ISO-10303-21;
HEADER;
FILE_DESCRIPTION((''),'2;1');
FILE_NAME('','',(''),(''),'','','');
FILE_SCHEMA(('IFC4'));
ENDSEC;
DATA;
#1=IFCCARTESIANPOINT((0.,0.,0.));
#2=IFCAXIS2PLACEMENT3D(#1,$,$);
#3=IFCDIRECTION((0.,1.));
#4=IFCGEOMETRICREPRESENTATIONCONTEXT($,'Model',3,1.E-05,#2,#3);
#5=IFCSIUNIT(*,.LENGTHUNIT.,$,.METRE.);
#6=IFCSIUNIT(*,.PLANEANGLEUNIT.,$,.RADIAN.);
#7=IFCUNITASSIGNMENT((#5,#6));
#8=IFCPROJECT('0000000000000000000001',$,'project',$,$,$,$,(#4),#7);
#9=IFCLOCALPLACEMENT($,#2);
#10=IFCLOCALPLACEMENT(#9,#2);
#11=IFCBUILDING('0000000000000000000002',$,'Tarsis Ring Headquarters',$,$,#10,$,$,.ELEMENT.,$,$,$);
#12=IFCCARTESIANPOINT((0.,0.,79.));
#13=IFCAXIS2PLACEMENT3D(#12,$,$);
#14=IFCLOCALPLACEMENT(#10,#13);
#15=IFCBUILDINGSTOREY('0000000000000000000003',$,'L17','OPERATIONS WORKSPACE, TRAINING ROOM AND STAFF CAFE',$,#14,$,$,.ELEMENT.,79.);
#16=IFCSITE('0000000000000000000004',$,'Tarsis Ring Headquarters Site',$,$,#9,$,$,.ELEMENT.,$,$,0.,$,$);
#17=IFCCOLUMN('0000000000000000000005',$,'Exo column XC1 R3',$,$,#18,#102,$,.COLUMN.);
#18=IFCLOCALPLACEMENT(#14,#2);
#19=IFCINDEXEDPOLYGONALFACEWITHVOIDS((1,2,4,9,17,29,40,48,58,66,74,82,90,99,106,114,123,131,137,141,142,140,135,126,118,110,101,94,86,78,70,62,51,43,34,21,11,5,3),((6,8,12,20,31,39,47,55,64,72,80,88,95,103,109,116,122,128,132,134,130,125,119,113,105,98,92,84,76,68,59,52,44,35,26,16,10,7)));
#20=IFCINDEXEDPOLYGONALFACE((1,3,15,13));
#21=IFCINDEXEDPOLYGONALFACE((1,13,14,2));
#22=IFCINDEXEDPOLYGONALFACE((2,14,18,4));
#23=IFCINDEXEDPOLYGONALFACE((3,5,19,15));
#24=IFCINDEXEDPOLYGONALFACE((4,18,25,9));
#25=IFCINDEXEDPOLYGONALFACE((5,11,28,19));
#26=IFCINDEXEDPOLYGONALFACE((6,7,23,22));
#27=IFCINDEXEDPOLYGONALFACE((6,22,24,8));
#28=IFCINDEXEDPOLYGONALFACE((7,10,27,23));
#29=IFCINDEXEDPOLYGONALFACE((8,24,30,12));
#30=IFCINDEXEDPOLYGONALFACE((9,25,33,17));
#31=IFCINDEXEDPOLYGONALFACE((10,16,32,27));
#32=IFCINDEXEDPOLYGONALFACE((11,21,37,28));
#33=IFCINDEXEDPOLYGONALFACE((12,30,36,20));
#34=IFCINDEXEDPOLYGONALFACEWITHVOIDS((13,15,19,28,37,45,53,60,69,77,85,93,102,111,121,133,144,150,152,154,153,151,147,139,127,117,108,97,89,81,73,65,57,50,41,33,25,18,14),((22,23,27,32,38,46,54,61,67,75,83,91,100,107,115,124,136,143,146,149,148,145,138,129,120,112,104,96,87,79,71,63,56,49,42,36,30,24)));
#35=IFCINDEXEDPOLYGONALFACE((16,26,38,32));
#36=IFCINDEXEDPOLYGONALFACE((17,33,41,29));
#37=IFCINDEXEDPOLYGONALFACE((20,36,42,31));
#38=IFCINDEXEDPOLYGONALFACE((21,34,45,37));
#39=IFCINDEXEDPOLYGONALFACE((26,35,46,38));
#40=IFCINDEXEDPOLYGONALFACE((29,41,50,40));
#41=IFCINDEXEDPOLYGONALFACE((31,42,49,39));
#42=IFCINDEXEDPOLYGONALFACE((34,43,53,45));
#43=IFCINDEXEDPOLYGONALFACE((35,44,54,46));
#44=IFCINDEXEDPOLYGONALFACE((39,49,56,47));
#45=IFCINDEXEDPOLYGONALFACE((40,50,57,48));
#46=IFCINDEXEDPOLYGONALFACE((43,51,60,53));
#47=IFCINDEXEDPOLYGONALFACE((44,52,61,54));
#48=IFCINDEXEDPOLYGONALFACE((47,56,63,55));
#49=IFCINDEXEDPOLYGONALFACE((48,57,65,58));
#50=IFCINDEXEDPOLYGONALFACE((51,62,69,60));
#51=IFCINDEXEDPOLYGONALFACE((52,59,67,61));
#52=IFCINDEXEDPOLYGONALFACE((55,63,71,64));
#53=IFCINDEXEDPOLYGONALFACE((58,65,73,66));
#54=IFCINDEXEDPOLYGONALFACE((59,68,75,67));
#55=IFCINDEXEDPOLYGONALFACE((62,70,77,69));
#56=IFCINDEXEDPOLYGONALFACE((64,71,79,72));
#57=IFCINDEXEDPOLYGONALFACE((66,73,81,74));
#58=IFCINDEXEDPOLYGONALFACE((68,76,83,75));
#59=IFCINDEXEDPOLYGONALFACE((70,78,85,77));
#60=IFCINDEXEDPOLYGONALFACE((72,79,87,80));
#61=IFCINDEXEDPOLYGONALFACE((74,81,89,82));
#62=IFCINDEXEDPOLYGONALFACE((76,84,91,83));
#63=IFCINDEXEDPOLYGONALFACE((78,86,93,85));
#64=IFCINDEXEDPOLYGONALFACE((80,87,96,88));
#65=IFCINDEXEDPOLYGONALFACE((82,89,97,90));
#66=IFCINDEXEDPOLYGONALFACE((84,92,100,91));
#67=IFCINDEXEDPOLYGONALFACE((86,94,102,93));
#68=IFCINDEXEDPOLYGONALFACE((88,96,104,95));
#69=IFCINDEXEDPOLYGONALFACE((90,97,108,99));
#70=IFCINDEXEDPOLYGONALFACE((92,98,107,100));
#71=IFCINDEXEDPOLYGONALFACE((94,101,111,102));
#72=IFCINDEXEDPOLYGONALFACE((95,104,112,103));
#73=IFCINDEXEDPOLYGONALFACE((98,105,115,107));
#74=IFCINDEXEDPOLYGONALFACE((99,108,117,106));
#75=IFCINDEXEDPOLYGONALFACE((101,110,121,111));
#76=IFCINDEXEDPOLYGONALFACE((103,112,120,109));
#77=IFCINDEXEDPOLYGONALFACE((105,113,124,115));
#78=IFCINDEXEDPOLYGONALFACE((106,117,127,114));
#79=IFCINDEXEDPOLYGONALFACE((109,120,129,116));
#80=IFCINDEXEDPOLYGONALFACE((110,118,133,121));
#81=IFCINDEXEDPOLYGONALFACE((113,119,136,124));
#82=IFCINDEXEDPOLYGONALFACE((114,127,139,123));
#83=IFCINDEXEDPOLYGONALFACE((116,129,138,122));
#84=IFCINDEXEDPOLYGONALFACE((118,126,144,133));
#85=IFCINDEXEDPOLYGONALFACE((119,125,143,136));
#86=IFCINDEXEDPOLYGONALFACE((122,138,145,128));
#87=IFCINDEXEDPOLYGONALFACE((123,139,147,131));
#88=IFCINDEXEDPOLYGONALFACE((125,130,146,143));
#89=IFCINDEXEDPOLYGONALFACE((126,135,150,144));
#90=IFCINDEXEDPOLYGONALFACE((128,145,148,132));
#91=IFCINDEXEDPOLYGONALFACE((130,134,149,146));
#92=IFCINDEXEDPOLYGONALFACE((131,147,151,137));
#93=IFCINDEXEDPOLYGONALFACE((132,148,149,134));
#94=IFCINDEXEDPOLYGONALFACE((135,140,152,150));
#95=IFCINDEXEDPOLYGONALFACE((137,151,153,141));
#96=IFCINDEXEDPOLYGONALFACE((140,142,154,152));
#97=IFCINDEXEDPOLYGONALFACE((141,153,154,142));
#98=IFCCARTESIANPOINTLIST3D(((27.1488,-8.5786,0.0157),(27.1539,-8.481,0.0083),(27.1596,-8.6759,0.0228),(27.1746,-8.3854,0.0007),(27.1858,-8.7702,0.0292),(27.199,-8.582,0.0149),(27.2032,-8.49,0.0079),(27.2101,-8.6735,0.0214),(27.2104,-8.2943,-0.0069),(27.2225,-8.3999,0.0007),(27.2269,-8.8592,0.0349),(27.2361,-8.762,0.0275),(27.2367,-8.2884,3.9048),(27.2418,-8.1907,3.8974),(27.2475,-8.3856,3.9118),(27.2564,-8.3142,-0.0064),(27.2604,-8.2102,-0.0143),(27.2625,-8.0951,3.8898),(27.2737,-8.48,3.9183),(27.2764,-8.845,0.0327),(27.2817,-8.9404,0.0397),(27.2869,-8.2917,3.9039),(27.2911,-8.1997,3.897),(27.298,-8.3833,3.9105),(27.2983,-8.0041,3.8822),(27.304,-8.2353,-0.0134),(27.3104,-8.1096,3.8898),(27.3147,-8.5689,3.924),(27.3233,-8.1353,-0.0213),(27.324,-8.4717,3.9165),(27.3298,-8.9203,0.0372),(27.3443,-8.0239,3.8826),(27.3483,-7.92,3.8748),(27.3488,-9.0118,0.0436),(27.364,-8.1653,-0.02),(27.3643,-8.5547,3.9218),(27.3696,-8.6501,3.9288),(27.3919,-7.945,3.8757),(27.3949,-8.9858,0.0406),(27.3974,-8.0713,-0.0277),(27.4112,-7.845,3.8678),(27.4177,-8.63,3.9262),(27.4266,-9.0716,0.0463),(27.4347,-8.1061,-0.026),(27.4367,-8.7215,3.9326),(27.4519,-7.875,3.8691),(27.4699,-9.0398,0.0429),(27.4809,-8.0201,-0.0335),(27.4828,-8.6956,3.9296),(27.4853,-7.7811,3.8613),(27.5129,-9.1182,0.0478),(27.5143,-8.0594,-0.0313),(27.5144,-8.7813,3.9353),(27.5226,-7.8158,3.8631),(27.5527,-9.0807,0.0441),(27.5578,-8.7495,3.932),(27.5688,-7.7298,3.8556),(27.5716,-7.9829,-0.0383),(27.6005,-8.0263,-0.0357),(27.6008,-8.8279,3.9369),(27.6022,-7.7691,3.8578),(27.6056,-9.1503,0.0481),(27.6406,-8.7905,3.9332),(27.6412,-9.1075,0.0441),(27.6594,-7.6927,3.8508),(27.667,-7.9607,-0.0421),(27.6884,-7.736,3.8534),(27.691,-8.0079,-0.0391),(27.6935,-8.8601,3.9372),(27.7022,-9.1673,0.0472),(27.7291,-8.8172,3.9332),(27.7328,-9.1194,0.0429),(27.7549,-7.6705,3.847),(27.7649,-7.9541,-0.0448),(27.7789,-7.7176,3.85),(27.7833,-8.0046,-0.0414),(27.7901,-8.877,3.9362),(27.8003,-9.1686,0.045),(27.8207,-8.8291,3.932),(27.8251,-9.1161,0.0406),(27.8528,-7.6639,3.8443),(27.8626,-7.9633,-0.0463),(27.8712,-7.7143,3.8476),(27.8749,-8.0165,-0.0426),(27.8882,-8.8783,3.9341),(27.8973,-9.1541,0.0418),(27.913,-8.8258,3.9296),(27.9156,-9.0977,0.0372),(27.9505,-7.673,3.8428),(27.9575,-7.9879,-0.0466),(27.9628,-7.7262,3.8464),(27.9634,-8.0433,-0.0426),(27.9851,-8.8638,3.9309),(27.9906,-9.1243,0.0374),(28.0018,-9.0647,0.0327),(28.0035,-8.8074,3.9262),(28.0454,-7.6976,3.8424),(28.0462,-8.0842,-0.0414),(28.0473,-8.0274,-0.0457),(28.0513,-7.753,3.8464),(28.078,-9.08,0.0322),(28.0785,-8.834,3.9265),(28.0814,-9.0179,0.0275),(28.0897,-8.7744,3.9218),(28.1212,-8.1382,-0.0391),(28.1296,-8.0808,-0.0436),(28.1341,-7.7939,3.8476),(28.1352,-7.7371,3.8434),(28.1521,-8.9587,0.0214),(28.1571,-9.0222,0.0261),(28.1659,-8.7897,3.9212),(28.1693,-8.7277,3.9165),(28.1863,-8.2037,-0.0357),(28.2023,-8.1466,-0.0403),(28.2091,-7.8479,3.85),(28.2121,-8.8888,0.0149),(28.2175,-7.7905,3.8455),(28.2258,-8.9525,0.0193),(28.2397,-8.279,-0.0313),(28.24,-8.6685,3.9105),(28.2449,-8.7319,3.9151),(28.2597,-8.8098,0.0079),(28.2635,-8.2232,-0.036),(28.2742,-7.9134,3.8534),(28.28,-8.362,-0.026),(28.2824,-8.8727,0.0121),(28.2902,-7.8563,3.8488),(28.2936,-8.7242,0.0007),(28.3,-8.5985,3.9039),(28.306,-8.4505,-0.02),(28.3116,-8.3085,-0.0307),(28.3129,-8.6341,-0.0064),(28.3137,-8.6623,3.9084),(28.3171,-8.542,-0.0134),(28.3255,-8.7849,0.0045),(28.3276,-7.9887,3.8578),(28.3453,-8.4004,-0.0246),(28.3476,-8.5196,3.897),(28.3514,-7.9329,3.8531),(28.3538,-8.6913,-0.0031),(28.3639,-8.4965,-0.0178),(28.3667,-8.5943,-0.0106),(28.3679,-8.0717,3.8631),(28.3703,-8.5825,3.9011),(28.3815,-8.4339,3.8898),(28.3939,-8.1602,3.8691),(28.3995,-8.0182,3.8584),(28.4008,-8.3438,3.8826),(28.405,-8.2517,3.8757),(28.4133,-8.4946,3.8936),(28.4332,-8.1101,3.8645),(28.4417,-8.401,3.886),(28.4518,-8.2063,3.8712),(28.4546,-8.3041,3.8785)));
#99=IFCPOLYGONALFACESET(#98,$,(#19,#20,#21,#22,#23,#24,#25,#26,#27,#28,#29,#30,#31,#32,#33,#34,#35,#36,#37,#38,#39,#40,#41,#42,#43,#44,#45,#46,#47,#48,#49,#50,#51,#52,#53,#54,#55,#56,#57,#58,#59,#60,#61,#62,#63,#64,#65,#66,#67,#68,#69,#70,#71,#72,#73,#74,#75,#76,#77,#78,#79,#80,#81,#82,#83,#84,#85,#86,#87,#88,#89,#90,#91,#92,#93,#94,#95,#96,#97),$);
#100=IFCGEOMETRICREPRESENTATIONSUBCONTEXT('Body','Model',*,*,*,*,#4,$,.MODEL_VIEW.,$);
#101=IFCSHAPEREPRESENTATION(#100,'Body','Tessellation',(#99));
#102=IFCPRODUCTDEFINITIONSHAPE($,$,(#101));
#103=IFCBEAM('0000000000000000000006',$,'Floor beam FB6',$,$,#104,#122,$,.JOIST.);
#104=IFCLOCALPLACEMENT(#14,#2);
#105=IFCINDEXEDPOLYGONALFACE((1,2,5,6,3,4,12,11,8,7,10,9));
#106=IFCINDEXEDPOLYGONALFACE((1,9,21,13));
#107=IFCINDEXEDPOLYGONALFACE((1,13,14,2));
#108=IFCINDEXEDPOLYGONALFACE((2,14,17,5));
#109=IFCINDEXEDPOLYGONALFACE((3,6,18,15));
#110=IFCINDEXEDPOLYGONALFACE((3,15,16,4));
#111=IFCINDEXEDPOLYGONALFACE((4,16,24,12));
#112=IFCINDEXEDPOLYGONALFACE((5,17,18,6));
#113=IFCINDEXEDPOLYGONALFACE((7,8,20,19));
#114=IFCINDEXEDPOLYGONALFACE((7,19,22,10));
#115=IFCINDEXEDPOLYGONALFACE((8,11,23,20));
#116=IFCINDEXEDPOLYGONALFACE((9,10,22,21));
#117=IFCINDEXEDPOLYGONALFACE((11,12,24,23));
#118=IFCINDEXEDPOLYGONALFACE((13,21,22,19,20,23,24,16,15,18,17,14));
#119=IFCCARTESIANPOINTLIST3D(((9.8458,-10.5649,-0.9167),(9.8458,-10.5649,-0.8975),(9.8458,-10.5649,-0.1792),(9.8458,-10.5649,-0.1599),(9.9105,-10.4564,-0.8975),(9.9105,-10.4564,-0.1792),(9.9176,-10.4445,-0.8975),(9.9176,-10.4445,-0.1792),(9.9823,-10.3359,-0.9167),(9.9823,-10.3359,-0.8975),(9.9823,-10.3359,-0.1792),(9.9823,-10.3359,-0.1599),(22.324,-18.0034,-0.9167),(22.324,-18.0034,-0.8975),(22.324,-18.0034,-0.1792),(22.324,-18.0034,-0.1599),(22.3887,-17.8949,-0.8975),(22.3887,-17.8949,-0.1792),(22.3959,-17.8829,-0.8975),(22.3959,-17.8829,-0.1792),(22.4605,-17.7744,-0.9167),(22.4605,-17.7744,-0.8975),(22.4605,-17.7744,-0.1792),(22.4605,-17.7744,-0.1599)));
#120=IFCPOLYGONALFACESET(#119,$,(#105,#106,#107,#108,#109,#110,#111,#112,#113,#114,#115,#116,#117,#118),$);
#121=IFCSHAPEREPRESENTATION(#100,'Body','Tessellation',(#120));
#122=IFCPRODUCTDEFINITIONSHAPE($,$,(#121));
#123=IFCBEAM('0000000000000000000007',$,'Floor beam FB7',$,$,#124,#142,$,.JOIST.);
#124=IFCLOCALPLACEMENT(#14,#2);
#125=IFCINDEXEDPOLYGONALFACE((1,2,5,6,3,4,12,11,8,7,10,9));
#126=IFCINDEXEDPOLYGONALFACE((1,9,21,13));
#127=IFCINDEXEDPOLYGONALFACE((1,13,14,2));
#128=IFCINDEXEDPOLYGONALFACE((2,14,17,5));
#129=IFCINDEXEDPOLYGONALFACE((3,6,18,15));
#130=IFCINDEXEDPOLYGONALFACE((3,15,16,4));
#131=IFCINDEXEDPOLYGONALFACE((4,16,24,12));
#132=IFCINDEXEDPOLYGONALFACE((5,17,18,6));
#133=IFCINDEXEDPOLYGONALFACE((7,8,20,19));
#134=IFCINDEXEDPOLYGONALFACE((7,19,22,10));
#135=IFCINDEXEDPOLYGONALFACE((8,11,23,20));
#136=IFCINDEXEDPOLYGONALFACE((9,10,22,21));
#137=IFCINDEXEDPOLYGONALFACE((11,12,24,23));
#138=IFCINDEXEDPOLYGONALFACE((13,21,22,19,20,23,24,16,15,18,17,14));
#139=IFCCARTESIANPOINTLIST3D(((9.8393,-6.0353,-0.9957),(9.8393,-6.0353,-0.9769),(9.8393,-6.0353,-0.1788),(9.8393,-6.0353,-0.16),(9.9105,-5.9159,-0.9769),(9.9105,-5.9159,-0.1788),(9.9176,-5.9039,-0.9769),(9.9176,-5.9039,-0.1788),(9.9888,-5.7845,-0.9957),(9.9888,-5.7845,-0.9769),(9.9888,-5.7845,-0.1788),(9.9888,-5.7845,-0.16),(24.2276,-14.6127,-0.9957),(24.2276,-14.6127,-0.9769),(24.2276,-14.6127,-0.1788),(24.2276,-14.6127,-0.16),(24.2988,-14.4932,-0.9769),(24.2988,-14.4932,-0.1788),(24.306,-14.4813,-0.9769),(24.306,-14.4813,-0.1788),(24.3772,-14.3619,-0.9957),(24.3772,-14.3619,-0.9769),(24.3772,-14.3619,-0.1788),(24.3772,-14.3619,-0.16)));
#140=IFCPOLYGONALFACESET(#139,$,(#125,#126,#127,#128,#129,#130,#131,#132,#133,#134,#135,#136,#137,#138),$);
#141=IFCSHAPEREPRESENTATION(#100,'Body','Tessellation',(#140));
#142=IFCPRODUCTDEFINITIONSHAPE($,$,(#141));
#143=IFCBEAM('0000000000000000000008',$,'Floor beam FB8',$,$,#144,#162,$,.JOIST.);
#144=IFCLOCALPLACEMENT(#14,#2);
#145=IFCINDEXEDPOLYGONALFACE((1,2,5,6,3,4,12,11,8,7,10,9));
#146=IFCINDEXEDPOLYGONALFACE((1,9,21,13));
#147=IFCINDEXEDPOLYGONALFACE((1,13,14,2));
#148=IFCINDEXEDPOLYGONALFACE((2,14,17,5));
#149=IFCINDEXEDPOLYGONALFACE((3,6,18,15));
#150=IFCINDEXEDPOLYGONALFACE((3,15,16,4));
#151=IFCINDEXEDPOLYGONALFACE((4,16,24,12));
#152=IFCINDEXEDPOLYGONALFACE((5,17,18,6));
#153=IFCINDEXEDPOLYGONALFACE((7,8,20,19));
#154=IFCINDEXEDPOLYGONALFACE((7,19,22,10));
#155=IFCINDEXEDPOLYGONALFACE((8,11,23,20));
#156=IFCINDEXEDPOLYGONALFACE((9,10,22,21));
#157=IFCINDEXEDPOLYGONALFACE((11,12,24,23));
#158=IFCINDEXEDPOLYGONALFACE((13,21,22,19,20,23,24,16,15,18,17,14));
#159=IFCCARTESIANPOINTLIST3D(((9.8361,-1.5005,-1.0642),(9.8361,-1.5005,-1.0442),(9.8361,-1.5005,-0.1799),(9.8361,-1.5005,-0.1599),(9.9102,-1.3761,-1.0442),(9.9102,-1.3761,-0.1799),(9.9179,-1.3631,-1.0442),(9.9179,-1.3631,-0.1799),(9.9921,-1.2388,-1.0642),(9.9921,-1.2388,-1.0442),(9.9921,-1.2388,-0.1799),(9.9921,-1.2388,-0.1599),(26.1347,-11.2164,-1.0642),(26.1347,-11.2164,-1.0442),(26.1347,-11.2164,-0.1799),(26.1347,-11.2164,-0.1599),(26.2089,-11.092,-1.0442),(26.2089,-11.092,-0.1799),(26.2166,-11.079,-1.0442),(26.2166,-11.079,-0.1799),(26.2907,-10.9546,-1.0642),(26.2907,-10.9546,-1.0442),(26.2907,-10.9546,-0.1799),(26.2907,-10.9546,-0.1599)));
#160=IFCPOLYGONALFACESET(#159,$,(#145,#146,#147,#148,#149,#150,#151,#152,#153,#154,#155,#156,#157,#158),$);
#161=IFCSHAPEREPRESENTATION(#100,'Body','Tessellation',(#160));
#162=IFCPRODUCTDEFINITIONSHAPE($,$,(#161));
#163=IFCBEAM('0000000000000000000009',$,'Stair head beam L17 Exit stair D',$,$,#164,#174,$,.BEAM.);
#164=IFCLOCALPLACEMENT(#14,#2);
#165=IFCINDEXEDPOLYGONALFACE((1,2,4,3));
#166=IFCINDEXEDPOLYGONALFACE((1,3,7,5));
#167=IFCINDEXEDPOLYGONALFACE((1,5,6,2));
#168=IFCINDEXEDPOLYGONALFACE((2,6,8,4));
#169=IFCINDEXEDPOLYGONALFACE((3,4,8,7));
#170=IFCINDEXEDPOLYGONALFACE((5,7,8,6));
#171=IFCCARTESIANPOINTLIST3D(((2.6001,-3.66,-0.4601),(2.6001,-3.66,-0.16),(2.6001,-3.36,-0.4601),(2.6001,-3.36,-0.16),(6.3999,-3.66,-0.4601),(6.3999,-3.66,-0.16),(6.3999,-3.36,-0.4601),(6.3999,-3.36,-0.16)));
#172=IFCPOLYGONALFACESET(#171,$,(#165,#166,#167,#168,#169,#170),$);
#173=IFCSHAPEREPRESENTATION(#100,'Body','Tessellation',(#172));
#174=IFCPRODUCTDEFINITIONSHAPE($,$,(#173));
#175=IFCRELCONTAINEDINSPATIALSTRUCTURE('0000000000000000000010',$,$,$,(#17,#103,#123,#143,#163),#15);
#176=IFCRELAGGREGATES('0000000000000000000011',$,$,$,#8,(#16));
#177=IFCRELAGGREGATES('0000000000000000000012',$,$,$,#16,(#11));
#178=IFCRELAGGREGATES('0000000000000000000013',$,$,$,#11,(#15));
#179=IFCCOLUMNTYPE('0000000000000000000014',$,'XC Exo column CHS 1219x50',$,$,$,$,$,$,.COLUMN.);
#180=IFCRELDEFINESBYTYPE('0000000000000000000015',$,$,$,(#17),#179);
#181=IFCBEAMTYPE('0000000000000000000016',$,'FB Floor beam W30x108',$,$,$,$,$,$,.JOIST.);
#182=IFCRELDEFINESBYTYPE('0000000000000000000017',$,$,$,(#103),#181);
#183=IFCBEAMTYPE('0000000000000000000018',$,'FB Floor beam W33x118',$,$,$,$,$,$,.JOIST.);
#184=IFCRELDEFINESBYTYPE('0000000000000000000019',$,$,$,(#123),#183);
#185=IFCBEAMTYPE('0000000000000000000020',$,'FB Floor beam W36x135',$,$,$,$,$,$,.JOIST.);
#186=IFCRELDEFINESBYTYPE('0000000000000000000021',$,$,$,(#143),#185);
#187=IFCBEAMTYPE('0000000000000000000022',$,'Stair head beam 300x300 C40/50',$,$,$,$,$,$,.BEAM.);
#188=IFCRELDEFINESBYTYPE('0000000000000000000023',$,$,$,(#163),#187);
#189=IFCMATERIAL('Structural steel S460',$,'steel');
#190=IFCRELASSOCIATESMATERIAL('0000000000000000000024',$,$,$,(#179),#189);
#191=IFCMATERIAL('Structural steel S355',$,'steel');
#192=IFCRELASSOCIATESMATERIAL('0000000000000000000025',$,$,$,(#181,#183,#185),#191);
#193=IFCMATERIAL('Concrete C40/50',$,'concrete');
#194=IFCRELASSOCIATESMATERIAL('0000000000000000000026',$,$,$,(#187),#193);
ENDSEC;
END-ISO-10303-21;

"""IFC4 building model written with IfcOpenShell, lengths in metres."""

from ifc_helpers import new_model, si_unit, direction, frame, origin, origin_2d, place, context, subcontext, project, spatial, rectangle, hollow_circle, i_section, extrude, material, material_profile, profile_set, type_object, element, save


model = new_model("IFC4")

# Units and contexts
model_context = context("Model", 3, precision=1e-05, world=origin(), true_north=direction((0.0, 1.0)))
body_context = subcontext(model_context, "Body", "Model", "MODEL_VIEW")
ifc_project = project(units=[si_unit("LENGTHUNIT", "METRE"), si_unit("PLANEANGLEUNIT", "RADIAN")], contexts=[model_context])

# Site, building, storey
site_placement = place(None, origin())
site = spatial("IfcSite", under=ifc_project, at=site_placement, Name="Tarsis Ring Headquarters Site", CompositionType="ELEMENT", RefElevation=0.0)
building_placement = place(site_placement, origin())
building = spatial("IfcBuilding", under=site, at=building_placement, Name="Tarsis Ring Headquarters", CompositionType="ELEMENT")
storey_placement = place(building_placement, frame((0.0, 0.0, 79.0)))
storey = spatial("IfcBuildingStorey", under=building, at=storey_placement, Name="L17", Description="OPERATIONS WORKSPACE, TRAINING ROOM AND STAFF CAFE", CompositionType="ELEMENT", Elevation=79.0)

# Column
ifc_material_1 = material(Name="Structural steel S460", Category="steel")
ifc_material_profile_1 = material_profile(ifc_material_1, hollow_circle(Radius=0.6096, WallThickness=0.05, at=origin_2d()), Name="CHS 1219x50")
ifc_profile_set_1 = profile_set([ifc_material_profile_1], Name="Structural steel S460")
column_type = type_object("IfcColumnType", Name="XC Exo column CHS 1219x50", PredefinedType="COLUMN", material=ifc_profile_set_1)
column_placement = place(storey_placement, frame((27.7581, -8.562, 0.0007), z_axis=(0.02253, 0.074413, 0.996973), x_axis=(-0.957092, 0.289784, 0.0)))
element("IfcColumn", 1, at=column_placement, inside=storey, type_object=column_type, Name="Exo column XC1 R3", PredefinedType="COLUMN", context=body_context, shape_type="SweptSolid", body=[
    extrude(hollow_circle(Radius=0.6096, WallThickness=0.05, at=origin_2d()), origin(), (0.0, 0.0, 1.0), 3.9009),
])

# Beams
ifc_material_2 = material(Name="Structural steel S355", Category="steel")
ifc_material_profile_2 = material_profile(ifc_material_2, i_section(OverallWidth=0.2666, OverallDepth=0.7568, WebThickness=0.0139, FlangeThickness=0.0193, at=origin_2d()), Name="W30x108")
ifc_profile_set_2 = profile_set([ifc_material_profile_2], Name="Structural steel S355")
beam_type_1 = type_object("IfcBeamType", Name="FB Floor beam W30x108", PredefinedType="JOIST", material=ifc_profile_set_2)
beam_1_placement = place(storey_placement, frame((9.9141, -10.4504, -0.5383), z_axis=(0.858962, -0.51204, 0.0), x_axis=(0.51204, 0.858962, 0.0)))
element("IfcBeam", 2, at=beam_1_placement, inside=storey, type_object=beam_type_1, Name="Floor beam FB6", PredefinedType="JOIST", context=body_context, shape_type="SweptSolid", body=[
    extrude(i_section(OverallWidth=0.2666, OverallDepth=0.7568, WebThickness=0.0139, FlangeThickness=0.0193, at=origin_2d()), origin(), (0.0, 0.0, 1.0), 14.5271),
])
ifc_material_profile_3 = material_profile(ifc_material_2, i_section(OverallWidth=0.292, OverallDepth=0.8357, WebThickness=0.0139, FlangeThickness=0.0188, at=origin_2d()), Name="W33x118")
ifc_profile_set_3 = profile_set([ifc_material_profile_3], Name="Structural steel S355")
beam_type_2 = type_object("IfcBeamType", Name="FB Floor beam W33x118", PredefinedType="JOIST", material=ifc_profile_set_3)
beam_2_placement = place(storey_placement, frame((9.9141, -5.9099, -0.5779), z_axis=(0.858955, -0.51205, 0.0), x_axis=(0.51205, 0.858955, 0.0)))
element("IfcBeam", 3, at=beam_2_placement, inside=storey, type_object=beam_type_2, Name="Floor beam FB7", PredefinedType="JOIST", context=body_context, shape_type="SweptSolid", body=[
    extrude(i_section(OverallWidth=0.292, OverallDepth=0.8357, WebThickness=0.0139, FlangeThickness=0.0188, at=origin_2d()), origin(), (0.0, 0.0, 1.0), 16.751),
])
ifc_material_profile_4 = material_profile(ifc_material_2, i_section(OverallWidth=0.3047, OverallDepth=0.9043, WebThickness=0.0151, FlangeThickness=0.02, at=origin_2d()), Name="W36x135")
ifc_profile_set_4 = profile_set([ifc_material_profile_4], Name="Structural steel S355")
beam_type_3 = type_object("IfcBeamType", Name="FB Floor beam W36x135", PredefinedType="JOIST", material=ifc_profile_set_4)
beam_3_placement = place(storey_placement, frame((9.9141, -1.3696, -0.6121), z_axis=(0.858962, -0.51204, 0.0), x_axis=(0.51204, 0.858962, 0.0)))
element("IfcBeam", 4, at=beam_3_placement, inside=storey, type_object=beam_type_3, Name="Floor beam FB8", PredefinedType="JOIST", context=body_context, shape_type="SweptSolid", body=[
    extrude(i_section(OverallWidth=0.3047, OverallDepth=0.9043, WebThickness=0.0151, FlangeThickness=0.02, at=origin_2d()), origin(), (0.0, 0.0, 1.0), 18.9749),
])
ifc_material_3 = material(Name="Concrete C40/50", Category="concrete")
ifc_material_profile_5 = material_profile(ifc_material_3, rectangle(XDim=0.3, YDim=0.3, at=origin_2d()), Name="Stair head beam 300x300 C40/50")
ifc_profile_set_5 = profile_set([ifc_material_profile_5], Name="Concrete C40/50")
beam_type_4 = type_object("IfcBeamType", Name="Stair head beam 300x300 C40/50", PredefinedType="BEAM", material=ifc_profile_set_5)
beam_4_placement = place(storey_placement, frame((2.6001, -3.51, -0.3101), z_axis=(1.0, 0.0, 0.0), x_axis=(0.0, 1.0, 0.0)))
element("IfcBeam", 5, at=beam_4_placement, inside=storey, type_object=beam_type_4, Name="Stair head beam L17 Exit stair D", PredefinedType="BEAM", context=body_context, shape_type="SweptSolid", body=[
    extrude(rectangle(XDim=0.3, YDim=0.3, at=origin_2d()), origin(), (0.0, 0.0, 1.0), 3.7998),
])

save(model, "model.ifc")
